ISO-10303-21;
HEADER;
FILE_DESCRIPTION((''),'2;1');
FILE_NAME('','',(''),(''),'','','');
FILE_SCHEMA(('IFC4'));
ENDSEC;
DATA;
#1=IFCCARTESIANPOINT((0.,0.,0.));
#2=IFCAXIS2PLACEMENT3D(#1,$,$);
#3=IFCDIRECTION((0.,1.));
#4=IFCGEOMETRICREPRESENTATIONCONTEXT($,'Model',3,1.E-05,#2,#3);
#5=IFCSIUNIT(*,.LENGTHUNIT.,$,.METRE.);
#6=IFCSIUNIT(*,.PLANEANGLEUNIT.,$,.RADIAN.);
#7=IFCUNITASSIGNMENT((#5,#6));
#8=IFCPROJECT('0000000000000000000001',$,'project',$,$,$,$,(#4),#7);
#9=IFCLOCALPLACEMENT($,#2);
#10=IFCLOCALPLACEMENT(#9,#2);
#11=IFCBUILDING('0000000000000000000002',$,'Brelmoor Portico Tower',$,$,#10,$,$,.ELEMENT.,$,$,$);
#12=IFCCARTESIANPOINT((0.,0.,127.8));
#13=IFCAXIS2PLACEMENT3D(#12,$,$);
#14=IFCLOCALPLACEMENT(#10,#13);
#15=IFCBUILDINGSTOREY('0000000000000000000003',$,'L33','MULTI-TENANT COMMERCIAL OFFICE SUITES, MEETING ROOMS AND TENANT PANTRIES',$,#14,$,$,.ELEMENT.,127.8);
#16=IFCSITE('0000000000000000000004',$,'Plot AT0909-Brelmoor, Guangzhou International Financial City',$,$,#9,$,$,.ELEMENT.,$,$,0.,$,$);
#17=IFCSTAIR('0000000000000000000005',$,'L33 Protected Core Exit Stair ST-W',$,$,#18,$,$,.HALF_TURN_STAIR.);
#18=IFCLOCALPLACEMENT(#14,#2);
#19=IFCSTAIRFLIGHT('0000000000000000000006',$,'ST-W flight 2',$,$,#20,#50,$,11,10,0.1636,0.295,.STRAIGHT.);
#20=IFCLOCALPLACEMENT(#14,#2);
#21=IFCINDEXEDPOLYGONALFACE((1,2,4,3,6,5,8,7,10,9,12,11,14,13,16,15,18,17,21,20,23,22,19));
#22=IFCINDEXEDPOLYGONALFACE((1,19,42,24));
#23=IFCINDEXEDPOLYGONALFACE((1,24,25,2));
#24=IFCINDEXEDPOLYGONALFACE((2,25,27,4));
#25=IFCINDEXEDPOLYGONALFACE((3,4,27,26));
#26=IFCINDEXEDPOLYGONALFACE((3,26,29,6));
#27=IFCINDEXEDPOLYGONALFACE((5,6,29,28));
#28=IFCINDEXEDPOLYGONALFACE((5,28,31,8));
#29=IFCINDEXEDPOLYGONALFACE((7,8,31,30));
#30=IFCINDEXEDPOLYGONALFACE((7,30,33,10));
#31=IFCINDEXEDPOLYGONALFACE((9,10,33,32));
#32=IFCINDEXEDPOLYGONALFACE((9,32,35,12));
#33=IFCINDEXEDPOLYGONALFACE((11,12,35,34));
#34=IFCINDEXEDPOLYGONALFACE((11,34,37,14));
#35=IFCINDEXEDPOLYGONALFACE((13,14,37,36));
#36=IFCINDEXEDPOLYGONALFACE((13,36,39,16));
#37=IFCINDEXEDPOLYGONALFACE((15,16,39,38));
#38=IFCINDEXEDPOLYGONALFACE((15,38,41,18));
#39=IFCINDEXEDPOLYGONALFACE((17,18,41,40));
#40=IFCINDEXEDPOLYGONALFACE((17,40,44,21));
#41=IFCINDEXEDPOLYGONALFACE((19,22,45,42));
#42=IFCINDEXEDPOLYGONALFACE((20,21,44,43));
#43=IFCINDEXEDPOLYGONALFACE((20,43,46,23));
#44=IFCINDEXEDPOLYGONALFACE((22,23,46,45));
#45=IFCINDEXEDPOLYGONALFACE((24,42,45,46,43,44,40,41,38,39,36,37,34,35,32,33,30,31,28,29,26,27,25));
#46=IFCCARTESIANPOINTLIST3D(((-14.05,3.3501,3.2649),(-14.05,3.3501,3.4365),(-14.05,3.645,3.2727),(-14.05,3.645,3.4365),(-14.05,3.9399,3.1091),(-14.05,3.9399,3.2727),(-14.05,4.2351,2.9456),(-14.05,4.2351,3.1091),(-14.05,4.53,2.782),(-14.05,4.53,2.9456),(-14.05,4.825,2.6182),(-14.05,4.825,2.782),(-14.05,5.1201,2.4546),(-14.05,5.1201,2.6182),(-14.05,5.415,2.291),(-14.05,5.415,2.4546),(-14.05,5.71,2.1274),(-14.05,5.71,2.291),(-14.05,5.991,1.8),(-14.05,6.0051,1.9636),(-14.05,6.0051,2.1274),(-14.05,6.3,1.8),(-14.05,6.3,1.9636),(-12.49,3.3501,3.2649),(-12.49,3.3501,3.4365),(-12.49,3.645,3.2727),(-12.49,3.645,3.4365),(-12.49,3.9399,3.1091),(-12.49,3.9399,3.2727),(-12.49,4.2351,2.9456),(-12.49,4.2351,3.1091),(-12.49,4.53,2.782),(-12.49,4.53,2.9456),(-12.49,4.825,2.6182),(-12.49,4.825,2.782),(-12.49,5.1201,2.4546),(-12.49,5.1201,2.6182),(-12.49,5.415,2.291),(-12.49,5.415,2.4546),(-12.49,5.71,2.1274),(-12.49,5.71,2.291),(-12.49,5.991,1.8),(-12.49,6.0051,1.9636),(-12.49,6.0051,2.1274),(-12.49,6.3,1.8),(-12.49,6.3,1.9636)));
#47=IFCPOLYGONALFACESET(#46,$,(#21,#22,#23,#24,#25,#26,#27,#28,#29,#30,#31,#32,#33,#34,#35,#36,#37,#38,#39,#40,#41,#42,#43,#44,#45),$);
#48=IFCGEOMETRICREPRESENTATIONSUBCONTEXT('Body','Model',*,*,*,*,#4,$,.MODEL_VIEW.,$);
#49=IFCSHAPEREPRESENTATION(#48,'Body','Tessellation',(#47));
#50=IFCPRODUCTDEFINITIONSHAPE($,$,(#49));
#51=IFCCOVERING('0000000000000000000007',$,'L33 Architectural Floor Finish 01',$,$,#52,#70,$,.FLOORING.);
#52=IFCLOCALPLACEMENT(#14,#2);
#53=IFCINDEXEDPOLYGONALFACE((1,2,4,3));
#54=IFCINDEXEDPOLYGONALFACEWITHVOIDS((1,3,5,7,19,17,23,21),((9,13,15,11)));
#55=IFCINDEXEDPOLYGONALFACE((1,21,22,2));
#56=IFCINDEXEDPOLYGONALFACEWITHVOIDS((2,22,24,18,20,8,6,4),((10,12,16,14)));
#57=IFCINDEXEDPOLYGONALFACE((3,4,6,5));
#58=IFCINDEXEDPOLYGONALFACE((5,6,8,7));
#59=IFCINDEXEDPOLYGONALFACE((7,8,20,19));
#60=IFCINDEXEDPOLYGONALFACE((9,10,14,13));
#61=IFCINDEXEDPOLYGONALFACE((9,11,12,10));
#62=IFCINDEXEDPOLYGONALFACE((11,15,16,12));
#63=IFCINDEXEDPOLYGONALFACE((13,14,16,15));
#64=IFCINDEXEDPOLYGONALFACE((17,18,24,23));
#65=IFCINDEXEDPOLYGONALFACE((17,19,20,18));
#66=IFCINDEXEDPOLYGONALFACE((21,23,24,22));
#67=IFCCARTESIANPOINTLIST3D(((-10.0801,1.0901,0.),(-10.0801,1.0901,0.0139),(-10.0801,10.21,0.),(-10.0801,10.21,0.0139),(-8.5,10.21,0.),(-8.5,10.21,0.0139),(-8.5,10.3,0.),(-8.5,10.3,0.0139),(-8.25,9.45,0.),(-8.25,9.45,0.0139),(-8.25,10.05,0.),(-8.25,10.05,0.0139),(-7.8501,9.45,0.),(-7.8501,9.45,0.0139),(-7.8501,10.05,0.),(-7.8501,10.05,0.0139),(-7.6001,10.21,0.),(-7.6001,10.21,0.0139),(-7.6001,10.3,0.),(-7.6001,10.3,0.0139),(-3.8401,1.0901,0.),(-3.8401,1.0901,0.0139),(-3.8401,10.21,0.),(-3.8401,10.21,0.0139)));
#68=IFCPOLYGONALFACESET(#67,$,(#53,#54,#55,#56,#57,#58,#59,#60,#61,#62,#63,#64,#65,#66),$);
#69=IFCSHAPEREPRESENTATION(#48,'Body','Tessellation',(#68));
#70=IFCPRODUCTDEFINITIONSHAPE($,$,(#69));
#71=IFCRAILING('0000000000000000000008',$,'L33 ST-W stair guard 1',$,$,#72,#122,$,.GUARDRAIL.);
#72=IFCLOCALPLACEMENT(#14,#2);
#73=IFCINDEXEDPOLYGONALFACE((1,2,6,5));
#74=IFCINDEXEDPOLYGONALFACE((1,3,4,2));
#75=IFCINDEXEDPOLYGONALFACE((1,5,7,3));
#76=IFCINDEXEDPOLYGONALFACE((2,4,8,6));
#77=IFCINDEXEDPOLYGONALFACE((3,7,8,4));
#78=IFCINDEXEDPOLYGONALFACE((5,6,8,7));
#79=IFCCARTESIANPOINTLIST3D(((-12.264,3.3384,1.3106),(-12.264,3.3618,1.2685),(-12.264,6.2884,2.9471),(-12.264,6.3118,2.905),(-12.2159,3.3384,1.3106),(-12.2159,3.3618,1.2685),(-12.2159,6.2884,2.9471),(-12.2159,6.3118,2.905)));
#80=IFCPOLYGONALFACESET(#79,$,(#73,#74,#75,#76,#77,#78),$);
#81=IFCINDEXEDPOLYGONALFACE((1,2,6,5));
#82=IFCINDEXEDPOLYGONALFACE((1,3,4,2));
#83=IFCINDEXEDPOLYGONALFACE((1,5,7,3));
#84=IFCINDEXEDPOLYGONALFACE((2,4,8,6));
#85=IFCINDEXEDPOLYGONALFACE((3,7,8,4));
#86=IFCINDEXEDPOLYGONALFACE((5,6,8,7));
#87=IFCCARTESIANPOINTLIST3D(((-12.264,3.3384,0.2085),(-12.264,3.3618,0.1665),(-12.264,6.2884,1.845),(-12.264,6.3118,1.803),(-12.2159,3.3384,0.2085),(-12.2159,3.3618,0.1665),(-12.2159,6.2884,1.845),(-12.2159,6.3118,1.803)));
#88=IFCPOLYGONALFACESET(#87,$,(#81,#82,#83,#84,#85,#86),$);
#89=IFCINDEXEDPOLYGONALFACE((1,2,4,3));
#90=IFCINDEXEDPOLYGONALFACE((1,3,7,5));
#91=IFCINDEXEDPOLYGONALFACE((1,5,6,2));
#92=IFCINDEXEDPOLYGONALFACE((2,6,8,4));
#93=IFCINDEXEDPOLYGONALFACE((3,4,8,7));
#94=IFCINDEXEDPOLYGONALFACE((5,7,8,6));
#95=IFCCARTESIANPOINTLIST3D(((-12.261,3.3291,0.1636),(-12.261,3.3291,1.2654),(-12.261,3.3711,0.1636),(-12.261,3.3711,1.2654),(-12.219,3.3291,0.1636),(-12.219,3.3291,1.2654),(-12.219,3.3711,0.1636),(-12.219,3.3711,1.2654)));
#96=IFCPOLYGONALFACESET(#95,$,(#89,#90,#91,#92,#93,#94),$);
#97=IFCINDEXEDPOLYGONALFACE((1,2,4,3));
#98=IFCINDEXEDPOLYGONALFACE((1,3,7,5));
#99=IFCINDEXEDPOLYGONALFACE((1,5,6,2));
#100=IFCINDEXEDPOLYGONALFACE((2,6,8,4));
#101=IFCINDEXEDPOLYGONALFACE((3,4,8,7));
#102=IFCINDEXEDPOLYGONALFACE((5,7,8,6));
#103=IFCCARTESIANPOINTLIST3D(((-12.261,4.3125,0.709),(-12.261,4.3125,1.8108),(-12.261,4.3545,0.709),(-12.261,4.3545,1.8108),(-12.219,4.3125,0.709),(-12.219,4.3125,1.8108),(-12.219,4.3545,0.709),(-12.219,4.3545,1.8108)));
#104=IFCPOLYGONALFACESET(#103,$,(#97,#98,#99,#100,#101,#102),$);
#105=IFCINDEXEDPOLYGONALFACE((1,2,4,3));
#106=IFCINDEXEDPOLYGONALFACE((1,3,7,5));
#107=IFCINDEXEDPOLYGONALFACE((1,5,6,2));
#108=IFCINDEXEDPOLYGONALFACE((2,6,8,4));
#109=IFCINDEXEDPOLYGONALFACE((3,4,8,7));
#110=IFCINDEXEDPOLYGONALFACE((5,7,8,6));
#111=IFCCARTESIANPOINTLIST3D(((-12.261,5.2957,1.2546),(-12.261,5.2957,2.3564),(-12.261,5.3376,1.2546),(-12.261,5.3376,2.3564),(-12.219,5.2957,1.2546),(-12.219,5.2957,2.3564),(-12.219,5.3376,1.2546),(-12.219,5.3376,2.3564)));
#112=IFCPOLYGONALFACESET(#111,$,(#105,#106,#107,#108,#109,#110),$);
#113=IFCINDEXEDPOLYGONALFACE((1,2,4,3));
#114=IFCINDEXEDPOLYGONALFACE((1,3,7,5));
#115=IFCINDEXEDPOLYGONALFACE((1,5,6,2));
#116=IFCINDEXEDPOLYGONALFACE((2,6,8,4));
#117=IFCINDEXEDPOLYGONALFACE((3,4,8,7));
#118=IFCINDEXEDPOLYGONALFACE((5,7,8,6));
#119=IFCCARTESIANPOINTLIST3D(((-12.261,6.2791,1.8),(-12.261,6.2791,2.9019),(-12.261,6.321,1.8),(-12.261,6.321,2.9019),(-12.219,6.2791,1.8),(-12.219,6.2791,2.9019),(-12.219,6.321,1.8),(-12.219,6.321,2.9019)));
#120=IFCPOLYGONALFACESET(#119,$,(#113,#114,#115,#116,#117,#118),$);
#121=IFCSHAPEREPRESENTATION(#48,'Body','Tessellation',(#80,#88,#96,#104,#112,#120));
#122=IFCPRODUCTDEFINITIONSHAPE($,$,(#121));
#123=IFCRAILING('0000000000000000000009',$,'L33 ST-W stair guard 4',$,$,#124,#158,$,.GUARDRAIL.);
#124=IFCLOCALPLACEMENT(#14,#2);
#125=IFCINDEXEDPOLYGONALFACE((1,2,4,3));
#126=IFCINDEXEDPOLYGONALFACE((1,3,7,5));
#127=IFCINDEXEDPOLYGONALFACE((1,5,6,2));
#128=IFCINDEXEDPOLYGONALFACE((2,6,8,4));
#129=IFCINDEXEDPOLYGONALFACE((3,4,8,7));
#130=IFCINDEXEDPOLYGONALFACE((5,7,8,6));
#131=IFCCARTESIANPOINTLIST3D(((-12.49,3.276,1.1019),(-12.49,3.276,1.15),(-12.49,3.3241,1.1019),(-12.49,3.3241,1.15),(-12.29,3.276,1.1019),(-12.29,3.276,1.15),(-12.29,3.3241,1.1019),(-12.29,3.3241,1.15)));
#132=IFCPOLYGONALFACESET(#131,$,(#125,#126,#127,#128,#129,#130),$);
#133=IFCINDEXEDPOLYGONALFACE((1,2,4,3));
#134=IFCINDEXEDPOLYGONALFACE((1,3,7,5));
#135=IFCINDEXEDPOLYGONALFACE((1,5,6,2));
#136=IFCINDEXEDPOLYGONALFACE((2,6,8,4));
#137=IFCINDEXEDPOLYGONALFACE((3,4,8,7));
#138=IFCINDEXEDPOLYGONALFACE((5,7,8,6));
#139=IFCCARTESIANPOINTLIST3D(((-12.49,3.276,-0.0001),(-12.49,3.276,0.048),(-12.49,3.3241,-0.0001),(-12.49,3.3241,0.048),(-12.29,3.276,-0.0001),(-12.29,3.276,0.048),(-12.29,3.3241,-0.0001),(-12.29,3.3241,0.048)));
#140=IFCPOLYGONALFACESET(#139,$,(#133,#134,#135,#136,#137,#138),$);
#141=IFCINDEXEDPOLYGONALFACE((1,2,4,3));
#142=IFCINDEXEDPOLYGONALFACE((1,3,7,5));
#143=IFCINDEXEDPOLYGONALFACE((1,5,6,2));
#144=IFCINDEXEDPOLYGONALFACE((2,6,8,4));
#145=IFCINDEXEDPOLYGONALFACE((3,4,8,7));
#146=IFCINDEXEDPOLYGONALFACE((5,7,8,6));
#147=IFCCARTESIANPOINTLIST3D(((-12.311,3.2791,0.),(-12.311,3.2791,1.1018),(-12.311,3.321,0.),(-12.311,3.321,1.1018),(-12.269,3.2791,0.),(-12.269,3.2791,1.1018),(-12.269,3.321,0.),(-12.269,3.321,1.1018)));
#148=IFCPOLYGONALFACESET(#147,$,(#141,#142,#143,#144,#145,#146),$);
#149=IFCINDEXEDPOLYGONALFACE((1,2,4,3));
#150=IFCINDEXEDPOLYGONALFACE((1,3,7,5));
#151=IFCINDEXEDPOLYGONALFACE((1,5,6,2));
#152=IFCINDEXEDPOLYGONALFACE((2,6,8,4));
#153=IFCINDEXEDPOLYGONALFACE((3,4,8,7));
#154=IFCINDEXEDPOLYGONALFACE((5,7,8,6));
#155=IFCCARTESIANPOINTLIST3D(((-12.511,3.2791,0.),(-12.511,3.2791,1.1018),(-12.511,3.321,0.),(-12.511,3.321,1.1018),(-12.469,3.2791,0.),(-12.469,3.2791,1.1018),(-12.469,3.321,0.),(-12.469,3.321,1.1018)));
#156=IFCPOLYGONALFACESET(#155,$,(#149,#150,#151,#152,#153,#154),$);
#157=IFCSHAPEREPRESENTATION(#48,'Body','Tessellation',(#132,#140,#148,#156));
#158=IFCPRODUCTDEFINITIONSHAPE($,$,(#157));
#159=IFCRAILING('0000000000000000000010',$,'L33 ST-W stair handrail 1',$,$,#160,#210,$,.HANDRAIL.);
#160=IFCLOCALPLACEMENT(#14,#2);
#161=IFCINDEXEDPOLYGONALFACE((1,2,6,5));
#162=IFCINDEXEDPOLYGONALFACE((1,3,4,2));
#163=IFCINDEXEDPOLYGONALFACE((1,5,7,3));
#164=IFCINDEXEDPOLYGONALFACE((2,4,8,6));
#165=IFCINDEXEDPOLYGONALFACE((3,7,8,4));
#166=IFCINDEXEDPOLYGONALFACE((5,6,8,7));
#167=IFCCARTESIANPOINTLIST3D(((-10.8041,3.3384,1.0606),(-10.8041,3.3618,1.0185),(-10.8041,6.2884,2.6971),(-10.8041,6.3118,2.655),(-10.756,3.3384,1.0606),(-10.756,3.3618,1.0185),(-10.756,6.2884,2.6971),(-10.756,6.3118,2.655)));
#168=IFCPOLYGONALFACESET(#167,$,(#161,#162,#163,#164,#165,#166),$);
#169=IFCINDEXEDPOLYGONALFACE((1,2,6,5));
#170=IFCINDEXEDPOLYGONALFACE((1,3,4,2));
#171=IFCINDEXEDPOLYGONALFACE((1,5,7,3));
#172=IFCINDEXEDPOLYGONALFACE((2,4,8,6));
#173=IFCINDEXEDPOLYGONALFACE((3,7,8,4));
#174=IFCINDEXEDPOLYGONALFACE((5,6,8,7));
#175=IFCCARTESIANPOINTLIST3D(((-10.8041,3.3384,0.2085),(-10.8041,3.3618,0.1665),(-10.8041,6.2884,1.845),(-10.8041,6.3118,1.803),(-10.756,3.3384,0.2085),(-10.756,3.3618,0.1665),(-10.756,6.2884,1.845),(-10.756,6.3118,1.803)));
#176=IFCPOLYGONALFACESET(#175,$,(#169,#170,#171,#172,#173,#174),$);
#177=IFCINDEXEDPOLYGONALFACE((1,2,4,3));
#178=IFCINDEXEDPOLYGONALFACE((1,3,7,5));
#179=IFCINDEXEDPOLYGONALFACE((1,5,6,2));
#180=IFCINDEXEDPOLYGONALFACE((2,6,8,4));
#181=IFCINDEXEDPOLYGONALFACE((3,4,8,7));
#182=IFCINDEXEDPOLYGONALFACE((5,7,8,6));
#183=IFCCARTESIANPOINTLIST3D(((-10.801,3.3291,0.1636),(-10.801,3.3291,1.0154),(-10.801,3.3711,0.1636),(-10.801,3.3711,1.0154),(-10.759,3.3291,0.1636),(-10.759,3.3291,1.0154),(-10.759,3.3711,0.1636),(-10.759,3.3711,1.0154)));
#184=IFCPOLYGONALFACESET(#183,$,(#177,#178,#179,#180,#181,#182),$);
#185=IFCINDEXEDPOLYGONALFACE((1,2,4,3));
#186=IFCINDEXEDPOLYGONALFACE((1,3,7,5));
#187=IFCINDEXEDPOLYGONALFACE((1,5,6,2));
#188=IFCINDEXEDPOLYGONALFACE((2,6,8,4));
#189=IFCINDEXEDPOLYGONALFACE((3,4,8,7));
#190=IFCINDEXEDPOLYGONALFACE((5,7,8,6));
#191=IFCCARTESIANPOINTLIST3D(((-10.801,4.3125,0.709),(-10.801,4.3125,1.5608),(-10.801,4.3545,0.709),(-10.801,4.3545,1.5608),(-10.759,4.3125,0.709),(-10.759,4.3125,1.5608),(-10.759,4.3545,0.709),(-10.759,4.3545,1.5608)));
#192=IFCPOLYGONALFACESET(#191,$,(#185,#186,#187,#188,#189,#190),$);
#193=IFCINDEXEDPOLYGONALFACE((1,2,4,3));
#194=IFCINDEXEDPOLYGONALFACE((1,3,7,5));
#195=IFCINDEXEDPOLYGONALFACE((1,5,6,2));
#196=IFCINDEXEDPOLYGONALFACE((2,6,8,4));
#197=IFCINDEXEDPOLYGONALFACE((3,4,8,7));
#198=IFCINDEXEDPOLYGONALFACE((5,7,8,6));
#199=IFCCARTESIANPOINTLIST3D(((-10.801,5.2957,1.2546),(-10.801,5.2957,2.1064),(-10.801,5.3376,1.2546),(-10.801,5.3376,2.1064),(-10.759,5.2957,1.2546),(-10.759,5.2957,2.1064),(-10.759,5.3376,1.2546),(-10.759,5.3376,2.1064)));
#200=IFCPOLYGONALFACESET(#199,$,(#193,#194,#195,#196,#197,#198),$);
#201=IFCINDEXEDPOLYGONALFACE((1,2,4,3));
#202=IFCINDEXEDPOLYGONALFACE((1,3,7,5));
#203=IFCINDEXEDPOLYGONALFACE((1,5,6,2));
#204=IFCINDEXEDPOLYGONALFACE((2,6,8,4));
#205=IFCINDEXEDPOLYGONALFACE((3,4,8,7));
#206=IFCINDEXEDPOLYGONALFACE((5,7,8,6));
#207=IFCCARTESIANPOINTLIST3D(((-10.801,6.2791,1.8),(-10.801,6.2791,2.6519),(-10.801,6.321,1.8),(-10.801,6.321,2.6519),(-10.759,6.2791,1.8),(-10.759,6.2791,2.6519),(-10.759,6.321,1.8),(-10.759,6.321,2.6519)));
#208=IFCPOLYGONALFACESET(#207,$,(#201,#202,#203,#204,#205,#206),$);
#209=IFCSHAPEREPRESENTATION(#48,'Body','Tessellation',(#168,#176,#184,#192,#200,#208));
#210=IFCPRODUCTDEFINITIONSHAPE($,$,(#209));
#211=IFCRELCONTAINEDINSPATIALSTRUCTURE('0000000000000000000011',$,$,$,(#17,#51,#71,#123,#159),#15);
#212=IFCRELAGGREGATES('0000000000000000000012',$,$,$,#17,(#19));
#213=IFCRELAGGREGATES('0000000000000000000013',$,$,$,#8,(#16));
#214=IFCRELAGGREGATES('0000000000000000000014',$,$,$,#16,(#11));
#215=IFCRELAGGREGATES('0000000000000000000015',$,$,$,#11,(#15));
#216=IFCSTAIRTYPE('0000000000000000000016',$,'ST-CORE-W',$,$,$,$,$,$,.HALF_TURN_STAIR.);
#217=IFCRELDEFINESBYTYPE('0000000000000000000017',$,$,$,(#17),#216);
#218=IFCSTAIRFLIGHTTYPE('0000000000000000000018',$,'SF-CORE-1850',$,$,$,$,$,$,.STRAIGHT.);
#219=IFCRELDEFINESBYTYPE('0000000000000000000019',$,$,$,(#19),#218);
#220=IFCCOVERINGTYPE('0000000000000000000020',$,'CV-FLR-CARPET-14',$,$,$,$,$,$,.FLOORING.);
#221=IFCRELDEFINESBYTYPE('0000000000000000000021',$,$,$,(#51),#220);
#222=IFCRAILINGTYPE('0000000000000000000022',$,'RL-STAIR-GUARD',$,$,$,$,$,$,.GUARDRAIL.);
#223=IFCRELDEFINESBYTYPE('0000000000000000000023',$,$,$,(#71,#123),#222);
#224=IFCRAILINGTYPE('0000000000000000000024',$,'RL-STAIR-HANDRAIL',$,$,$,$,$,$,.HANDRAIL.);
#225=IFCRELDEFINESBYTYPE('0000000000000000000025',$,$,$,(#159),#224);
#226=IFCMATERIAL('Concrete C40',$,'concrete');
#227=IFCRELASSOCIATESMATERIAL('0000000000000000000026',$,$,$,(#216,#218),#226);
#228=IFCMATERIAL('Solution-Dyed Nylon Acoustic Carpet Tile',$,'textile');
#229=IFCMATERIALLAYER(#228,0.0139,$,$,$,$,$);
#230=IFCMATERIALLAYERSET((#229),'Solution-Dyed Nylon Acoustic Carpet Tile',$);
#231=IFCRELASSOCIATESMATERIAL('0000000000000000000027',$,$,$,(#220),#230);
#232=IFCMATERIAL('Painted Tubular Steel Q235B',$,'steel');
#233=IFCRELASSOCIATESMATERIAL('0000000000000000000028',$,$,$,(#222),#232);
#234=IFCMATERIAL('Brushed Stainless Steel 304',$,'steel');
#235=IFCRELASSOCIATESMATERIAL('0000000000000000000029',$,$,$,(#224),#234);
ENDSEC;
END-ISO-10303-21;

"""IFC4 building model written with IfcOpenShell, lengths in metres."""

from ifc_helpers import new_model, si_unit, direction, frame, origin, origin_2d, place, context, subcontext, project, spatial, polyline, rectangle, outline, extrude, material, layer, layer_set, type_object, element, aggregate, save


model = new_model("IFC4")

# Units and contexts
model_context = context("Model", 3, precision=1e-05, world=origin(), true_north=direction((0.0, 1.0)))
body_context = subcontext(model_context, "Body", "Model", "MODEL_VIEW")
ifc_project = project(units=[si_unit("LENGTHUNIT", "METRE"), si_unit("PLANEANGLEUNIT", "RADIAN")], contexts=[model_context])

# Site, building, storey
site_placement = place(None, origin())
site = spatial("IfcSite", under=ifc_project, at=site_placement, Name="Plot AT0909-Brelmoor, Guangzhou International Financial City", CompositionType="ELEMENT", RefElevation=0.0)
building_placement = place(site_placement, origin())
building = spatial("IfcBuilding", under=site, at=building_placement, Name="Brelmoor Portico Tower", CompositionType="ELEMENT")
storey_placement = place(building_placement, frame((0.0, 0.0, 127.8)))
storey = spatial("IfcBuildingStorey", under=building, at=storey_placement, Name="L33", Description="MULTI-TENANT COMMERCIAL OFFICE SUITES, MEETING ROOMS AND TENANT PANTRIES", CompositionType="ELEMENT", Elevation=127.8)

# Shared definitions
ifc_material_1 = material(Name="Concrete C40", Category="concrete")

# Stair
stair_type_1 = type_object("IfcStairType", Name="ST-CORE-W", PredefinedType="HALF_TURN_STAIR", material=ifc_material_1)
stair_1_placement = place(storey_placement, origin())
stair_1 = element("IfcStair", 1, at=stair_1_placement, inside=storey, type_object=stair_type_1, Name="L33 Protected Core Exit Stair ST-W", PredefinedType="HALF_TURN_STAIR")

# Stair flight
stair_flight_type = type_object("IfcStairFlightType", Name="SF-CORE-1850", PredefinedType="STRAIGHT", material=ifc_material_1)
stair_flight_1_placement = place(storey_placement, frame((-13.27, 6.3, 1.8), z_axis=(0.0, 0.0, 1.0), x_axis=(0.0, -1.0, 0.0)))
stair_flight_1 = element("IfcStairFlight", 2, at=stair_flight_1_placement, type_object=stair_flight_type, Name="ST-W flight 2", NumberOfRisers=11, NumberOfTreads=10, PredefinedType="STRAIGHT", RiserHeight=0.1636, TreadLength=0.295, context=body_context, shape_type="SweptSolid", body=[
    extrude(outline(polyline([(0.0, 0.0), (0.0, 0.1636), (0.2949, 0.1636), (0.2949, 0.3274), (0.5901, 0.3274), (0.5901, 0.491), (0.885, 0.491), (0.885, 0.6545), (1.1799, 0.6545), (1.1799, 0.8181), (1.4751, 0.8181), (1.4751, 0.9819), (1.77, 0.9819), (1.77, 1.1455), (2.0649, 1.1455), (2.0649, 1.3091), (2.3601, 1.3091), (2.3601, 1.4727), (2.655, 1.4727), (2.655, 1.6365), (2.95, 1.6365), (2.95, 1.8), (2.95, 1.4648), (0.3091, 0.0), (0.0, 0.0)])), frame((0.0, 0.78, 0.0), z_axis=(0.0, -1.0, 0.0), x_axis=(1.0, 0.0, 0.0)), (0.0, 0.0, 1.0), 1.5601),
])
aggregate(stair_1, [stair_flight_1])

# Covering
ifc_material_2 = material(Name="Solution-Dyed Nylon Acoustic Carpet Tile", Category="textile")
ifc_layer_1 = layer(ifc_material_2, 0.0139)
ifc_layer_set_1 = layer_set([ifc_layer_1], Name="Solution-Dyed Nylon Acoustic Carpet Tile")
covering_type = type_object("IfcCoveringType", Name="CV-FLR-CARPET-14", PredefinedType="FLOORING", material=ifc_layer_set_1)
covering_placement = place(storey_placement, origin())
element("IfcCovering", 3, at=covering_placement, inside=storey, type_object=covering_type, Name="L33 Architectural Floor Finish 01", PredefinedType="FLOORING", context=body_context, shape_type="SweptSolid", body=[
    extrude(outline(polyline([(-10.0801, 10.21), (-8.5, 10.21), (-8.5, 10.3), (-7.6001, 10.3), (-7.6001, 10.21), (-3.8401, 10.21), (-3.8401, 1.0901), (-10.0801, 1.0901), (-10.0801, 10.21)]), holes=[polyline([(-7.8501, 9.45), (-7.8501, 10.05), (-8.25, 10.05), (-8.25, 9.45), (-7.8501, 9.45)])]), origin(), (0.0, 0.0, 1.0), 0.0139),
])

# Railings
ifc_material_3 = material(Name="Painted Tubular Steel Q235B", Category="steel")
railing_type_1 = type_object("IfcRailingType", Name="RL-STAIR-GUARD", PredefinedType="GUARDRAIL", material=ifc_material_3)
railing_1_placement = place(storey_placement, frame((-12.24, 3.3501, 0.1636)))
element("IfcRailing", 4, at=railing_1_placement, inside=storey, type_object=railing_type_1, Name="L33 ST-W stair guard 1", PredefinedType="GUARDRAIL", context=body_context, shape_type="SweptSolid", body=[
    extrude(rectangle(XDim=0.0481, YDim=0.0481, at=origin_2d()), frame((0.0, 0.0, 1.126), z_axis=(0.0, 0.874458, 0.485102), x_axis=(-1.0, 0.0, 0.0)), (0.0, 0.0, 1.0), 3.3735),
    extrude(rectangle(XDim=0.0481, YDim=0.0481, at=origin_2d()), frame((0.0, 0.0, 0.0239), z_axis=(0.0, 0.874458, 0.485102), x_axis=(-1.0, 0.0, 0.0)), (0.0, 0.0, 1.0), 3.3735),
    extrude(rectangle(XDim=0.042, YDim=0.042, at=origin_2d()), origin(), (0.0, 0.0, 1.0), 1.1018),
    extrude(rectangle(XDim=0.042, YDim=0.042, at=origin_2d()), frame((0.0, 0.9834, 0.5454)), (0.0, 0.0, 1.0), 1.1018),
    extrude(rectangle(XDim=0.042, YDim=0.042, at=origin_2d()), frame((0.0, 1.9666, 1.0911)), (0.0, 0.0, 1.0), 1.1018),
    extrude(rectangle(XDim=0.042, YDim=0.042, at=origin_2d()), frame((0.0, 2.95, 1.6365)), (0.0, 0.0, 1.0), 1.1018),
])
railing_2_placement = place(storey_placement, frame((-12.29, 3.3, 0.0)))
element("IfcRailing", 5, at=railing_2_placement, inside=storey, type_object=railing_type_1, Name="L33 ST-W stair guard 4", PredefinedType="GUARDRAIL", context=body_context, shape_type="SweptSolid", body=[
    extrude(rectangle(XDim=0.0481, YDim=0.0481, at=origin_2d()), frame((0.0, 0.0, 1.126), z_axis=(-1.0, 0.0, 0.0), x_axis=(0.0, -1.0, 0.0)), (0.0, 0.0, 1.0), 0.2),
    extrude(rectangle(XDim=0.0481, YDim=0.0481, at=origin_2d()), frame((0.0, 0.0, 0.0239), z_axis=(-1.0, 0.0, 0.0), x_axis=(0.0, -1.0, 0.0)), (0.0, 0.0, 1.0), 0.2),
    extrude(rectangle(XDim=0.042, YDim=0.042, at=origin_2d()), origin(), (0.0, 0.0, 1.0), 1.1018),
    extrude(rectangle(XDim=0.042, YDim=0.042, at=origin_2d()), frame((-0.2, 0.0, 0.0)), (0.0, 0.0, 1.0), 1.1018),
])
ifc_material_4 = material(Name="Brushed Stainless Steel 304", Category="steel")
railing_type_2 = type_object("IfcRailingType", Name="RL-STAIR-HANDRAIL", PredefinedType="HANDRAIL", material=ifc_material_4)
railing_3_placement = place(storey_placement, frame((-10.78, 3.3501, 0.1636)))
element("IfcRailing", 6, at=railing_3_placement, inside=storey, type_object=railing_type_2, Name="L33 ST-W stair handrail 1", PredefinedType="HANDRAIL", context=body_context, shape_type="SweptSolid", body=[
    extrude(rectangle(XDim=0.0481, YDim=0.0481, at=origin_2d()), frame((0.0, 0.0, 0.876), z_axis=(0.0, 0.874458, 0.485102), x_axis=(-1.0, 0.0, 0.0)), (0.0, 0.0, 1.0), 3.3735),
    extrude(rectangle(XDim=0.0481, YDim=0.0481, at=origin_2d()), frame((0.0, 0.0, 0.0239), z_axis=(0.0, 0.874458, 0.485102), x_axis=(-1.0, 0.0, 0.0)), (0.0, 0.0, 1.0), 3.3735),
    extrude(rectangle(XDim=0.042, YDim=0.042, at=origin_2d()), origin(), (0.0, 0.0, 1.0), 0.8518),
    extrude(rectangle(XDim=0.042, YDim=0.042, at=origin_2d()), frame((0.0, 0.9834, 0.5454)), (0.0, 0.0, 1.0), 0.8518),
    extrude(rectangle(XDim=0.042, YDim=0.042, at=origin_2d()), frame((0.0, 1.9666, 1.0911)), (0.0, 0.0, 1.0), 0.8518),
    extrude(rectangle(XDim=0.042, YDim=0.042, at=origin_2d()), frame((0.0, 2.95, 1.6365)), (0.0, 0.0, 1.0), 0.8518),
])

save(model, "model.ifc")
